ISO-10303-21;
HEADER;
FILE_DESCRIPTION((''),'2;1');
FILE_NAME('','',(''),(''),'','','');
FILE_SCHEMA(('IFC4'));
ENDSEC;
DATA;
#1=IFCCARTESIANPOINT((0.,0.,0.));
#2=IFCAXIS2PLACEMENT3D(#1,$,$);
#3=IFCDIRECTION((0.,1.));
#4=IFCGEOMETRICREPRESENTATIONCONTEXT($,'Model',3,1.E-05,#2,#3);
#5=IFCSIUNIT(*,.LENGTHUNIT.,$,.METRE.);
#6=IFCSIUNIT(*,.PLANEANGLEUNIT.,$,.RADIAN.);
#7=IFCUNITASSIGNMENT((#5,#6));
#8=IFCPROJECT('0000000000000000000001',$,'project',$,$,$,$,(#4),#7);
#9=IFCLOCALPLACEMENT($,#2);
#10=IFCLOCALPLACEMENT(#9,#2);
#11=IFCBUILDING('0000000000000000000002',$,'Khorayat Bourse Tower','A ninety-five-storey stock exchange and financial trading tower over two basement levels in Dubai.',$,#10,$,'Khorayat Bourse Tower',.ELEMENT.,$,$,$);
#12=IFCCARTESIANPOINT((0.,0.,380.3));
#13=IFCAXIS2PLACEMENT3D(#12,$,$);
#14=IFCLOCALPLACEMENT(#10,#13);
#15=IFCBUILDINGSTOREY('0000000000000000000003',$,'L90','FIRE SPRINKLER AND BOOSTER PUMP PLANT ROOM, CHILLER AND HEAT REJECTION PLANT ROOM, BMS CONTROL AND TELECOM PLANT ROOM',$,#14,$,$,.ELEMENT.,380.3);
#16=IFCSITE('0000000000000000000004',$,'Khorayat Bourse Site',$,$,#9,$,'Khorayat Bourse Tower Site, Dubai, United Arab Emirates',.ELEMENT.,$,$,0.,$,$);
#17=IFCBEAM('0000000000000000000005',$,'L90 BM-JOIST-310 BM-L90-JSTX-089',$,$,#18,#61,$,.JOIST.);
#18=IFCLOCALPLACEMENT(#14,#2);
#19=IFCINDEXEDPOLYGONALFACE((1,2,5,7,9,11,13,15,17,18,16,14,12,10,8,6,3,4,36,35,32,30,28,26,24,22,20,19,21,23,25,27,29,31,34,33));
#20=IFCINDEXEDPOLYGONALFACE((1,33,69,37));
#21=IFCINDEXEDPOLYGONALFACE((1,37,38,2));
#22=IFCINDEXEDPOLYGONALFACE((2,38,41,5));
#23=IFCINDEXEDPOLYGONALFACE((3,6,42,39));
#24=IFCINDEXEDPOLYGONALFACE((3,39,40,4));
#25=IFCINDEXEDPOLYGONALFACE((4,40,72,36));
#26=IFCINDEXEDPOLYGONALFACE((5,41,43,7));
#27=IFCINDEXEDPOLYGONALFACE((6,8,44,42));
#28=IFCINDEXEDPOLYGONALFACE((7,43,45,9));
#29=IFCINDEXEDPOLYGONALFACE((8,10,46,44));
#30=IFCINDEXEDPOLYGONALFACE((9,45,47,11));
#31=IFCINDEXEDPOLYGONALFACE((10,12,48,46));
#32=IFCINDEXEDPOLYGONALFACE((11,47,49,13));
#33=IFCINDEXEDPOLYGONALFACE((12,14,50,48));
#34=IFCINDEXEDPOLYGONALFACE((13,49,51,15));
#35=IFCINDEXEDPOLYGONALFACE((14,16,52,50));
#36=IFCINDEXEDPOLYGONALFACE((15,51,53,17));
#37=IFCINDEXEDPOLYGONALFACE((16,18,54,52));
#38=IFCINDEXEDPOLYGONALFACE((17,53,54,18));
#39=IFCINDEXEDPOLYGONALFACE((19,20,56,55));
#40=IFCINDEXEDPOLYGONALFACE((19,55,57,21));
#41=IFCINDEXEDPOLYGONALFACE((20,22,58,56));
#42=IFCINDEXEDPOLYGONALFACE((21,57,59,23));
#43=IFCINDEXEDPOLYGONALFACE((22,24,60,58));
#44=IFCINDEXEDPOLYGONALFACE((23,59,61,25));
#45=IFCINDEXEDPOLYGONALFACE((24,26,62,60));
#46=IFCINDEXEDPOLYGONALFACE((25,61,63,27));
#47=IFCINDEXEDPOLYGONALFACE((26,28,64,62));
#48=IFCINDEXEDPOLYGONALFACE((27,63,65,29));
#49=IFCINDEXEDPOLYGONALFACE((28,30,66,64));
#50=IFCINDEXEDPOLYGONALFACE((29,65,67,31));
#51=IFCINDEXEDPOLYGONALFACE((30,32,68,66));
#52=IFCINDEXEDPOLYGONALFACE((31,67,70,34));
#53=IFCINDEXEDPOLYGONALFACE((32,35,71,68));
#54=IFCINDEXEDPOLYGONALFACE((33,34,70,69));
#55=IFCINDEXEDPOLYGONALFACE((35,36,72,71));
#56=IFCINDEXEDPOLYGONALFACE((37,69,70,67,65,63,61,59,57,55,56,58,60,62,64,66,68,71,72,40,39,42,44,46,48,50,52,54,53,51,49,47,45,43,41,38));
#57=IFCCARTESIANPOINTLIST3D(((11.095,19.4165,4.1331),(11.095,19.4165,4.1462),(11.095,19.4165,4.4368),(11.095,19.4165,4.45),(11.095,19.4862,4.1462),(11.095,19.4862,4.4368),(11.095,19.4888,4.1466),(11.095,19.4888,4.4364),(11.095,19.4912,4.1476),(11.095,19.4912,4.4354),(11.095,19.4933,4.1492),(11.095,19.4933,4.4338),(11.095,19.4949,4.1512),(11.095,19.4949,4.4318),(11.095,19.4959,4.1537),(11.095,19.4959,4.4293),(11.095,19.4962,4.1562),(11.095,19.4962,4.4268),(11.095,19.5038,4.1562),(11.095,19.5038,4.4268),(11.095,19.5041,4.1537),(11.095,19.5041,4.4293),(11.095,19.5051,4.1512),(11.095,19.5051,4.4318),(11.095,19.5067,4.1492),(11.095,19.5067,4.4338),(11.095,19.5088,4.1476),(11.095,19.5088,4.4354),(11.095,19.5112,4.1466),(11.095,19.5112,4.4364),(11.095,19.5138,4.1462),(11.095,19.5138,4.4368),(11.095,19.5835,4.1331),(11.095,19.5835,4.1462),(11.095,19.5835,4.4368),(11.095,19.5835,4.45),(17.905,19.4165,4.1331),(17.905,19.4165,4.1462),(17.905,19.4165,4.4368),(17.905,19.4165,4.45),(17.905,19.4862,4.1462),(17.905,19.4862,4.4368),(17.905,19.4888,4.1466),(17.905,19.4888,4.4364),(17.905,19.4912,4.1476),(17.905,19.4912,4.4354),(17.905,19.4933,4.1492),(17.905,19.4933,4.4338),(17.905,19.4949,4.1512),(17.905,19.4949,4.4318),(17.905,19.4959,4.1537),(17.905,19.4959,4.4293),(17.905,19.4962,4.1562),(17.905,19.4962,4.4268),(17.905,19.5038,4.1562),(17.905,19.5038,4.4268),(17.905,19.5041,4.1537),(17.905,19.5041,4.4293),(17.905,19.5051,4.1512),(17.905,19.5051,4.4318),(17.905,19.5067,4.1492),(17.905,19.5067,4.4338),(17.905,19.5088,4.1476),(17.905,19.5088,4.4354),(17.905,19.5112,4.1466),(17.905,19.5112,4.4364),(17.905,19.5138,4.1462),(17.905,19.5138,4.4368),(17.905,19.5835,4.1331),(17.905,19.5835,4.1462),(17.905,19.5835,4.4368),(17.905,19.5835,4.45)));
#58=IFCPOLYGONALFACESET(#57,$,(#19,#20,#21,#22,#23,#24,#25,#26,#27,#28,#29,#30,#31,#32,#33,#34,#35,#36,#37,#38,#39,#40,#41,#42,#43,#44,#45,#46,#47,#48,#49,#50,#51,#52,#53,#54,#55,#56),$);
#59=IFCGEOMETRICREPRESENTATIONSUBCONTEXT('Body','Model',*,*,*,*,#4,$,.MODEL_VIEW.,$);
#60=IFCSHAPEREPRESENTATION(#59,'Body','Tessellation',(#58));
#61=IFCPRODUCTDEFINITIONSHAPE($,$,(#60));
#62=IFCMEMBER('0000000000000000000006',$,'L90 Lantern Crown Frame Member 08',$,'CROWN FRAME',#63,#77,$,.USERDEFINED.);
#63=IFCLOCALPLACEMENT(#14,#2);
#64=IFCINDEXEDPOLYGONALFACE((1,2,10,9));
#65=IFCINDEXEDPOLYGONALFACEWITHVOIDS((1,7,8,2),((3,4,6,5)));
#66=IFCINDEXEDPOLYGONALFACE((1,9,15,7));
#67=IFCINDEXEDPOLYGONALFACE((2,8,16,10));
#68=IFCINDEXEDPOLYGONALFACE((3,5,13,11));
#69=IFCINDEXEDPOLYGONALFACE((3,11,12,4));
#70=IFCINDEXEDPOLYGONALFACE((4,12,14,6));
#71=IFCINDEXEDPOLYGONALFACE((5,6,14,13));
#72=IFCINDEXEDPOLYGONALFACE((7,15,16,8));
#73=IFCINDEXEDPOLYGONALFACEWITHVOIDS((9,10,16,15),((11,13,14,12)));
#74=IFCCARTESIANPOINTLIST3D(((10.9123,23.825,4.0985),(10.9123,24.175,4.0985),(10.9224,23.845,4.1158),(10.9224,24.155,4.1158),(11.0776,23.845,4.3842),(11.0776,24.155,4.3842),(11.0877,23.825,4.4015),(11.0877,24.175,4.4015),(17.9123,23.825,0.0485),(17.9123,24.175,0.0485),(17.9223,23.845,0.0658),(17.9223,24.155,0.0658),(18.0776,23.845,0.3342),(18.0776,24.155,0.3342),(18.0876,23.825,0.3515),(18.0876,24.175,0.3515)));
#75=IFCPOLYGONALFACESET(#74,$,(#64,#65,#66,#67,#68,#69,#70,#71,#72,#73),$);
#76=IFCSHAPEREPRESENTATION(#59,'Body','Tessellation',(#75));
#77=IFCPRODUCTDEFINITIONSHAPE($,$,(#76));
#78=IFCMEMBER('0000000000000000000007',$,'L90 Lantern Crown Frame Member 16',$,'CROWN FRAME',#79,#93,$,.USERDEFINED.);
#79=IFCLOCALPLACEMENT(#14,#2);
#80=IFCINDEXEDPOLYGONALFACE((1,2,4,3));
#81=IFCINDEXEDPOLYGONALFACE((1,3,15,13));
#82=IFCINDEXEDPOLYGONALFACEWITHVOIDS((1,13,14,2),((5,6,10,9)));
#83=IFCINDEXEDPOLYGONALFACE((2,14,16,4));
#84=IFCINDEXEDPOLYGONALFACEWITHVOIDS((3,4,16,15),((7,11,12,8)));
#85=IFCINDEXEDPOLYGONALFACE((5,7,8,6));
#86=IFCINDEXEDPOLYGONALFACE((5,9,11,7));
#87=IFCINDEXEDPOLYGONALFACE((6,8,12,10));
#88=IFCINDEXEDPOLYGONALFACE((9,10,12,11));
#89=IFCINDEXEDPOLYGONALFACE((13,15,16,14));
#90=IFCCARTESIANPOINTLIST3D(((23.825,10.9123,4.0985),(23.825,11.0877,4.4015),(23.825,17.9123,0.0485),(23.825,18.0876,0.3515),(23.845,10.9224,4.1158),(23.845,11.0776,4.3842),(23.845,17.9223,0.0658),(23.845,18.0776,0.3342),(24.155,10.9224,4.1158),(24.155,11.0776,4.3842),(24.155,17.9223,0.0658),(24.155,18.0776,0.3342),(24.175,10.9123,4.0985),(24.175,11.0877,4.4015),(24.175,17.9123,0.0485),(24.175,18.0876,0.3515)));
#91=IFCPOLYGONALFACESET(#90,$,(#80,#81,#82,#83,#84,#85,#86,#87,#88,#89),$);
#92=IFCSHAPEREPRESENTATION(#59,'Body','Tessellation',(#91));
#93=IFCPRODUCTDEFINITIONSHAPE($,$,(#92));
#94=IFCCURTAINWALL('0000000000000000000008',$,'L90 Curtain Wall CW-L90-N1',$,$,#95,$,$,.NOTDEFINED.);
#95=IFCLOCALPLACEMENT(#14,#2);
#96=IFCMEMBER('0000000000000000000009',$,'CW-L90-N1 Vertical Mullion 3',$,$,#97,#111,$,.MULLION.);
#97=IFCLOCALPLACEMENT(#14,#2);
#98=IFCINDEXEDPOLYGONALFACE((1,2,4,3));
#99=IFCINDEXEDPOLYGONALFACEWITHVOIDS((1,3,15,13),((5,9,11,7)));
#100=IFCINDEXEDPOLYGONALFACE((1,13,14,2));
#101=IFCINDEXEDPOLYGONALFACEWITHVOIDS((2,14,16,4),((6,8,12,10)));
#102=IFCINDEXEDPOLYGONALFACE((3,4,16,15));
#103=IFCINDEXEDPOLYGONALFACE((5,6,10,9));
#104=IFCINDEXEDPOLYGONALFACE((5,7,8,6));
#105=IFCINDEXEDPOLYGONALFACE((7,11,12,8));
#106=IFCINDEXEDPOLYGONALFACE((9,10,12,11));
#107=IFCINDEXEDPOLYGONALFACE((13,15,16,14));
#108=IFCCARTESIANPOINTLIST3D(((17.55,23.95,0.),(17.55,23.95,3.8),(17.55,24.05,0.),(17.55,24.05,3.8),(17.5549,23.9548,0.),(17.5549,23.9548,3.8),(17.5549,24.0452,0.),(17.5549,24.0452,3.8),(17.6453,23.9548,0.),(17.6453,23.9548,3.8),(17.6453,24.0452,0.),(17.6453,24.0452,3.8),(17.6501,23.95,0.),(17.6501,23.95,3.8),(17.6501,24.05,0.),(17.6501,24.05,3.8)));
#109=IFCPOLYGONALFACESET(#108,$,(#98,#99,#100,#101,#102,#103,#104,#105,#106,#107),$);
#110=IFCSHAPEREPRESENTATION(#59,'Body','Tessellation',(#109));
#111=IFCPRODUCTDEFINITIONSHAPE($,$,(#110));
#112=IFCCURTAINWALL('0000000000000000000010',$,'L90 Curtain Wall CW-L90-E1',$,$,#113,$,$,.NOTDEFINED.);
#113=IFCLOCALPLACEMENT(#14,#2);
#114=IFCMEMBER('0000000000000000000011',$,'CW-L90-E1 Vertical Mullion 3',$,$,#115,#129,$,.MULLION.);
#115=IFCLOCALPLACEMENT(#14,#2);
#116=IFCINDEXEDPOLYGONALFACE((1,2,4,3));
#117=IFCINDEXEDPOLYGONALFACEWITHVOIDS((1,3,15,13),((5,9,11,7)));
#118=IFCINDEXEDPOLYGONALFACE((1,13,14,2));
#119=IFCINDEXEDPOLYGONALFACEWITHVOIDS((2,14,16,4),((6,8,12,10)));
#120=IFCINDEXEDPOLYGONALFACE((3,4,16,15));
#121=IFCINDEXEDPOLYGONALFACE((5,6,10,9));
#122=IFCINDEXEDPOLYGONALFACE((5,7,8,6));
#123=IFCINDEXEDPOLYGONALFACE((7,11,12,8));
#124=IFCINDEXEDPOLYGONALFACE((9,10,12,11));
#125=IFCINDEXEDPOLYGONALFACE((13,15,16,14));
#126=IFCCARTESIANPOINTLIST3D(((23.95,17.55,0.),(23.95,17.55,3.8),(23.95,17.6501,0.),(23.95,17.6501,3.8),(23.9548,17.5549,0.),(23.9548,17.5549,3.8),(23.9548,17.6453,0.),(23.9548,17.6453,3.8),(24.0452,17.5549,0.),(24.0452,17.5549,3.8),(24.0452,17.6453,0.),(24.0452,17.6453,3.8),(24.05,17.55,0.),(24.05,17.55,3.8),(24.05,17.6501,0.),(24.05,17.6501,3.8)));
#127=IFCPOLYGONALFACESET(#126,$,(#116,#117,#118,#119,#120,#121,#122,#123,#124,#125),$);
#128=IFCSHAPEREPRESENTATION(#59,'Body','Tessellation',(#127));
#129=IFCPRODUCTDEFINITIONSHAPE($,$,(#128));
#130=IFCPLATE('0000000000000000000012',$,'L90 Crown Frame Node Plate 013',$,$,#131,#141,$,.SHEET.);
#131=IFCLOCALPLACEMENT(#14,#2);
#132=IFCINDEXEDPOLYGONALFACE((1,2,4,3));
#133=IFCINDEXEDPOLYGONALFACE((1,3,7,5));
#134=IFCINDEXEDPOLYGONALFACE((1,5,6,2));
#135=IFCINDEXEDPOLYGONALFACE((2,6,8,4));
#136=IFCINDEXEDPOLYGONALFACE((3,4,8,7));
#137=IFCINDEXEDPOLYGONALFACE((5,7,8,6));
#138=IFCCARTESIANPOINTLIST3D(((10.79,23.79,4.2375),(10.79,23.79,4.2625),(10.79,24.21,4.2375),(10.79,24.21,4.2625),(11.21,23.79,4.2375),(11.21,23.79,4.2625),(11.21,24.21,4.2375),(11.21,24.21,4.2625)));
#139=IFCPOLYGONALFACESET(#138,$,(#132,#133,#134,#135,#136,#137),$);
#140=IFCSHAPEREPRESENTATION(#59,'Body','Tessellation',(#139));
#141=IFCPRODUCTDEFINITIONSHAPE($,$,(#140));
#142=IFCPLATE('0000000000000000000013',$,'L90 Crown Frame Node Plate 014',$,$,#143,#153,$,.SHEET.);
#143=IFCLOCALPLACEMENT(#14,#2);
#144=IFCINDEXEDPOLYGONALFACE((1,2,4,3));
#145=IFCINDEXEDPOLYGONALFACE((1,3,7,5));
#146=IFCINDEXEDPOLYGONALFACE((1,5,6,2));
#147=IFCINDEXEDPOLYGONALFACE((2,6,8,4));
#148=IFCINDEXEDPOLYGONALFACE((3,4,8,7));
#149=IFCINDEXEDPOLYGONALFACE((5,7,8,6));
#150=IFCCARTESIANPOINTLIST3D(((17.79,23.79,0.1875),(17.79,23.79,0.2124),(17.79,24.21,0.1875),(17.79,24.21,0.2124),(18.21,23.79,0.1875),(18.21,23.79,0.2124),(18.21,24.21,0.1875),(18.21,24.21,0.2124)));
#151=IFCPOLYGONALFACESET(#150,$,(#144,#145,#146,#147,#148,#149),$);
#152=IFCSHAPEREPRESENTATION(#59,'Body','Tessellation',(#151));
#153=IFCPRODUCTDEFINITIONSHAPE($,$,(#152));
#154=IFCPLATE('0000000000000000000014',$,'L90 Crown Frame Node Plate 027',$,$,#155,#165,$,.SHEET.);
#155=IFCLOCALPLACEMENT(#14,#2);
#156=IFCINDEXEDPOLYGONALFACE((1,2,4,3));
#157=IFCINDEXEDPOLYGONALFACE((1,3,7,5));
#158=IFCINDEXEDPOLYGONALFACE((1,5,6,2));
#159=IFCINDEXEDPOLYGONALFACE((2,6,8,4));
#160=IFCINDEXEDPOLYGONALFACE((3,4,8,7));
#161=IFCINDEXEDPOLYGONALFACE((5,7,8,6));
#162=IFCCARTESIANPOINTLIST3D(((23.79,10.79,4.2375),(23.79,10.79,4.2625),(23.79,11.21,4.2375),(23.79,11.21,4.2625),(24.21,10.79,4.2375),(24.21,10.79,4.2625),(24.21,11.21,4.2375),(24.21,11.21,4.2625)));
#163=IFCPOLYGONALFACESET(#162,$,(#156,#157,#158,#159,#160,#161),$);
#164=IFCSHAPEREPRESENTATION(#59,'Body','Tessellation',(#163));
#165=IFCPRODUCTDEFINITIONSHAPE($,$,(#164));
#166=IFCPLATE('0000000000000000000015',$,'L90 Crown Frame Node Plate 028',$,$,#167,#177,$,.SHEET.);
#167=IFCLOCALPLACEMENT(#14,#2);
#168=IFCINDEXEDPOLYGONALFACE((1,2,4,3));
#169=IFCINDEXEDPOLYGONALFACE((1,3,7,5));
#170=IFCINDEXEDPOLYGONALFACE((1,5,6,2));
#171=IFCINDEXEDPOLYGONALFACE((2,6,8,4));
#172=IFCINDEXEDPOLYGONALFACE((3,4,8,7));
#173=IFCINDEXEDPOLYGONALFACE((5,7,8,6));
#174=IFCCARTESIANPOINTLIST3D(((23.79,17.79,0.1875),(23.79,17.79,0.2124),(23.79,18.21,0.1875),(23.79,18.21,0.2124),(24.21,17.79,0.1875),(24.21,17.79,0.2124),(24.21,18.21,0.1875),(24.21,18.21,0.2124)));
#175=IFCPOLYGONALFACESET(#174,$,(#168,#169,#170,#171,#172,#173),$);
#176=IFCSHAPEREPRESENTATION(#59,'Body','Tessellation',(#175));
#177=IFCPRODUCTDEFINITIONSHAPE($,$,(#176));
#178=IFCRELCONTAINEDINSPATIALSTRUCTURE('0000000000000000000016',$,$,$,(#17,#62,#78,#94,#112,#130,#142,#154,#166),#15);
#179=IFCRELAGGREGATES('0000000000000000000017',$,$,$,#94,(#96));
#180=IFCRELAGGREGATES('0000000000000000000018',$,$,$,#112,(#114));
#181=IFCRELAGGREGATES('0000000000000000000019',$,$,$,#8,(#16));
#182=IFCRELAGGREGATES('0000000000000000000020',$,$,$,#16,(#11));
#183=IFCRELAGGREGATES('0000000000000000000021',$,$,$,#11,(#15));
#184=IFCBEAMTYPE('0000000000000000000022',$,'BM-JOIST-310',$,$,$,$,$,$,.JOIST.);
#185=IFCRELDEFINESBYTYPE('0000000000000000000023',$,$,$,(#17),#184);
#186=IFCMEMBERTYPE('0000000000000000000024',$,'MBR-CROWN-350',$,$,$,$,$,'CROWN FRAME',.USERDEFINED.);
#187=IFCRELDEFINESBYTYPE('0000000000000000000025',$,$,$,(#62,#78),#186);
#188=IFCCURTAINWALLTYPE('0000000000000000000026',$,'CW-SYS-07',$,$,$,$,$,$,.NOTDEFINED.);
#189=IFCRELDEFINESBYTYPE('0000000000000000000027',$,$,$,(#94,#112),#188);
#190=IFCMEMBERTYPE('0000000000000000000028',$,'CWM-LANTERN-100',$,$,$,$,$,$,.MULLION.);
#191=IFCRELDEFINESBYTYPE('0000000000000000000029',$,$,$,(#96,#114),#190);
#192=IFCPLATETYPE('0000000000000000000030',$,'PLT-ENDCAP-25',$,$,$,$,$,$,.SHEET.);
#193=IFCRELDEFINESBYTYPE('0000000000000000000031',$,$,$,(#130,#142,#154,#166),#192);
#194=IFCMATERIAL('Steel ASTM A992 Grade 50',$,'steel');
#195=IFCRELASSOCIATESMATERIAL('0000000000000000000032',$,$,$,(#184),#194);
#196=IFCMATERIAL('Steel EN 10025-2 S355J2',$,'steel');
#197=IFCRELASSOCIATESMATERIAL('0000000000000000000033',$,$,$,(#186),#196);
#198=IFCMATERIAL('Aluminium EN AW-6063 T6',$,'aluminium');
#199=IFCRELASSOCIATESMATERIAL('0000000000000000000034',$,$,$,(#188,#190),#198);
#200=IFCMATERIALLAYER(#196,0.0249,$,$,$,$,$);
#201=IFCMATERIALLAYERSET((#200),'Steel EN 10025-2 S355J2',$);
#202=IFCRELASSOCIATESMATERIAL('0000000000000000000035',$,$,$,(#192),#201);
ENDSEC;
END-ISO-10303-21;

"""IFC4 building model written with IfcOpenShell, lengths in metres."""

from ifc_helpers import new_model, si_unit, direction, frame, origin, origin_2d, place, context, subcontext, project, spatial, rectangle, hollow_rectangle, i_section, extrude, source, transform, mapped, material, layer, layer_set, material_profile, profile_set, type_object, element, aggregate, save


model = new_model("IFC4")

# Units and contexts
model_context = context("Model", 3, precision=1e-05, world=origin(), true_north=direction((0.0, 1.0)))
body_context = subcontext(model_context, "Body", "Model", "MODEL_VIEW")
ifc_project = project(units=[si_unit("LENGTHUNIT", "METRE"), si_unit("PLANEANGLEUNIT", "RADIAN")], contexts=[model_context])

# Site, building, storey
site_placement = place(None, origin())
site = spatial("IfcSite", under=ifc_project, at=site_placement, Name="Khorayat Bourse Site", LongName="Khorayat Bourse Tower Site, Dubai, United Arab Emirates", CompositionType="ELEMENT", RefElevation=0.0)
building_placement = place(site_placement, origin())
building = spatial("IfcBuilding", under=site, at=building_placement, Name="Khorayat Bourse Tower", Description="A ninety-five-storey stock exchange and financial trading tower over two basement levels in Dubai.", LongName="Khorayat Bourse Tower", CompositionType="ELEMENT")
storey_placement = place(building_placement, frame((0.0, 0.0, 380.3)))
storey = spatial("IfcBuildingStorey", under=building, at=storey_placement, Name="L90", Description="FIRE SPRINKLER AND BOOSTER PUMP PLANT ROOM, CHILLER AND HEAT REJECTION PLANT ROOM, BMS CONTROL AND TELECOM PLANT ROOM", CompositionType="ELEMENT", Elevation=380.3)

# Shared definitions
ifc_material_1 = material(Name="Steel EN 10025-2 S355J2", Category="steel")

# Beam
ifc_material_2 = material(Name="Steel ASTM A992 Grade 50", Category="steel")
ifc_material_profile_1 = material_profile(ifc_material_2, i_section(OverallWidth=0.167, OverallDepth=0.3169, WebThickness=0.0076, FlangeThickness=0.0132, FilletRadius=0.01, at=origin_2d()), Name="W310X52")
ifc_profile_set_1 = profile_set([ifc_material_profile_1], Name="Steel ASTM A992 Grade 50")
beam_type_1 = type_object("IfcBeamType", Name="BM-JOIST-310", PredefinedType="JOIST", material=ifc_profile_set_1)
shared_shape_1 = source(origin(), body_context, "Body", "SweptSolid", [
    extrude(i_section(OverallWidth=0.167, OverallDepth=0.3169, WebThickness=0.0076, FlangeThickness=0.0132, FilletRadius=0.01, at=origin_2d()), origin(), (0.0, 0.0, 1.0), 6.8101),
])
beam_placement = place(storey_placement, frame((11.095, 19.5, 4.2915), z_axis=(1.0, 0.0, 0.0), x_axis=(0.0, 1.0, 0.0)))
element("IfcBeam", 1, at=beam_placement, inside=storey, type_object=beam_type_1, Name="L90 BM-JOIST-310 BM-L90-JSTX-089", PredefinedType="JOIST", context=body_context, shape_type="MappedRepresentation", body=[
    mapped(shared_shape_1, transform((0.0, 0.0, 0.0), scale=1.0)),
])

# Members
ifc_material_profile_2 = material_profile(ifc_material_1, hollow_rectangle(XDim=0.3501, YDim=0.3501, WallThickness=0.02, at=origin_2d()), Name="HSS 350x350x20")
ifc_profile_set_2 = profile_set([ifc_material_profile_2], Name="Steel EN 10025-2 S355J2")
member_type_1 = type_object("IfcMemberType", Name="MBR-CROWN-350", ElementType="CROWN FRAME", PredefinedType="USERDEFINED", material=ifc_profile_set_2)
shared_shape_2 = source(origin(), body_context, "Body", "SweptSolid", [
    extrude(hollow_rectangle(XDim=0.3501, YDim=0.3501, WallThickness=0.02, at=origin_2d()), origin(), (0.0, 0.0, 1.0), 8.0872),
])
for number, where, z_axis, x_axis, name in (
    (2, (11.0, 24.0, 4.25), (0.865565, 0.0, -0.500797), (0.0, 1.0, 0.0), "L90 Lantern Crown Frame Member 08"),
    (3, (24.0, 11.0, 4.25), (0.0, 0.865565, -0.500797), (-1.0, 0.0, 0.0), "L90 Lantern Crown Frame Member 16"),
):
    element("IfcMember", number, at=place(storey_placement, frame(where, z_axis=z_axis, x_axis=x_axis)), inside=storey, type_object=member_type_1, Name=name, ObjectType="CROWN FRAME", PredefinedType="USERDEFINED", context=body_context, shape_type="MappedRepresentation", body=[
        mapped(shared_shape_2, transform((0.0, 0.0, 0.0), scale=1.0)),
    ])

# Curtain walls, members
ifc_material_3 = material(Name="Aluminium EN AW-6063 T6", Category="aluminium")
curtain_wall_type = type_object("IfcCurtainWallType", Name="CW-SYS-07", PredefinedType="NOTDEFINED", material=ifc_material_3)
curtain_wall_1_placement = place(storey_placement, origin())
curtain_wall_1 = element("IfcCurtainWall", 4, at=curtain_wall_1_placement, inside=storey, type_object=curtain_wall_type, Name="L90 Curtain Wall CW-L90-N1", PredefinedType="NOTDEFINED")
ifc_material_profile_3 = material_profile(ifc_material_3, hollow_rectangle(XDim=0.1001, YDim=0.1001, WallThickness=0.0049, at=origin_2d()), Name="ALU 100x100x5")
ifc_profile_set_3 = profile_set([ifc_material_profile_3], Name="Aluminium EN AW-6063 T6")
member_type_2 = type_object("IfcMemberType", Name="CWM-LANTERN-100", PredefinedType="MULLION", material=ifc_profile_set_3)
shared_shape_3 = source(origin(), body_context, "Body", "SweptSolid", [
    extrude(hollow_rectangle(XDim=0.1001, YDim=0.1001, WallThickness=0.0049, at=origin_2d()), origin(), (0.0, 0.0, 1.0), 3.8),
])
member_1_placement = place(storey_placement, frame((17.6001, 24.0, 0.0), z_axis=(0.0, 0.0, 1.0), x_axis=(0.0, 1.0, 0.0)))
member_1 = element("IfcMember", 5, at=member_1_placement, type_object=member_type_2, Name="CW-L90-N1 Vertical Mullion 3", PredefinedType="MULLION", context=body_context, shape_type="MappedRepresentation", body=[
    mapped(shared_shape_3, transform((0.0, 0.0, 0.0), scale=1.0)),
])
aggregate(curtain_wall_1, [member_1])
curtain_wall_2_placement = place(storey_placement, origin())
curtain_wall_2 = element("IfcCurtainWall", 6, at=curtain_wall_2_placement, inside=storey, type_object=curtain_wall_type, Name="L90 Curtain Wall CW-L90-E1", PredefinedType="NOTDEFINED")
member_2_placement = place(storey_placement, frame((24.0, 17.6001, 0.0), z_axis=(0.0, 0.0, 1.0), x_axis=(-1.0, 0.0, 0.0)))
member_2 = element("IfcMember", 7, at=member_2_placement, type_object=member_type_2, Name="CW-L90-E1 Vertical Mullion 3", PredefinedType="MULLION", context=body_context, shape_type="MappedRepresentation", body=[
    mapped(shared_shape_3, transform((0.0, 0.0, 0.0), scale=1.0)),
])
aggregate(curtain_wall_2, [member_2])

# Plates
ifc_layer_1 = layer(ifc_material_1, 0.0249)
ifc_layer_set_1 = layer_set([ifc_layer_1], Name="Steel EN 10025-2 S355J2")
plate_type = type_object("IfcPlateType", Name="PLT-ENDCAP-25", PredefinedType="SHEET", material=ifc_layer_set_1)
shared_shape_4 = source(origin(), body_context, "Body", "SweptSolid", [
    extrude(rectangle(XDim=0.4199, YDim=0.4199, at=origin_2d()), origin(), (0.0, 0.0, 1.0), 0.0249),
])
for number, where, z_axis, x_axis, name in (
    (8, (11.0, 24.0, 4.2375), (0.0, 0.0, 1.0), (1.0, 0.0, 0.0), "L90 Crown Frame Node Plate 013"),
    (9, (18.0, 24.0, 0.1875), (0.0, 0.0, 1.0), (1.0, 0.0, 0.0), "L90 Crown Frame Node Plate 014"),
    (10, (24.0, 11.0, 4.2375), (0.0, 0.0, 1.0), (1.0, 0.0, 0.0), "L90 Crown Frame Node Plate 027"),
    (11, (24.0, 18.0, 0.1875), (0.0, 0.0, 1.0), (1.0, 0.0, 0.0), "L90 Crown Frame Node Plate 028"),
):
    element("IfcPlate", number, at=place(storey_placement, frame(where, z_axis=z_axis, x_axis=x_axis)), inside=storey, type_object=plate_type, Name=name, PredefinedType="SHEET", context=body_context, shape_type="MappedRepresentation", body=[
        mapped(shared_shape_4, transform((0.0, 0.0, 0.0), scale=1.0)),
    ])

save(model, "model.ifc")
